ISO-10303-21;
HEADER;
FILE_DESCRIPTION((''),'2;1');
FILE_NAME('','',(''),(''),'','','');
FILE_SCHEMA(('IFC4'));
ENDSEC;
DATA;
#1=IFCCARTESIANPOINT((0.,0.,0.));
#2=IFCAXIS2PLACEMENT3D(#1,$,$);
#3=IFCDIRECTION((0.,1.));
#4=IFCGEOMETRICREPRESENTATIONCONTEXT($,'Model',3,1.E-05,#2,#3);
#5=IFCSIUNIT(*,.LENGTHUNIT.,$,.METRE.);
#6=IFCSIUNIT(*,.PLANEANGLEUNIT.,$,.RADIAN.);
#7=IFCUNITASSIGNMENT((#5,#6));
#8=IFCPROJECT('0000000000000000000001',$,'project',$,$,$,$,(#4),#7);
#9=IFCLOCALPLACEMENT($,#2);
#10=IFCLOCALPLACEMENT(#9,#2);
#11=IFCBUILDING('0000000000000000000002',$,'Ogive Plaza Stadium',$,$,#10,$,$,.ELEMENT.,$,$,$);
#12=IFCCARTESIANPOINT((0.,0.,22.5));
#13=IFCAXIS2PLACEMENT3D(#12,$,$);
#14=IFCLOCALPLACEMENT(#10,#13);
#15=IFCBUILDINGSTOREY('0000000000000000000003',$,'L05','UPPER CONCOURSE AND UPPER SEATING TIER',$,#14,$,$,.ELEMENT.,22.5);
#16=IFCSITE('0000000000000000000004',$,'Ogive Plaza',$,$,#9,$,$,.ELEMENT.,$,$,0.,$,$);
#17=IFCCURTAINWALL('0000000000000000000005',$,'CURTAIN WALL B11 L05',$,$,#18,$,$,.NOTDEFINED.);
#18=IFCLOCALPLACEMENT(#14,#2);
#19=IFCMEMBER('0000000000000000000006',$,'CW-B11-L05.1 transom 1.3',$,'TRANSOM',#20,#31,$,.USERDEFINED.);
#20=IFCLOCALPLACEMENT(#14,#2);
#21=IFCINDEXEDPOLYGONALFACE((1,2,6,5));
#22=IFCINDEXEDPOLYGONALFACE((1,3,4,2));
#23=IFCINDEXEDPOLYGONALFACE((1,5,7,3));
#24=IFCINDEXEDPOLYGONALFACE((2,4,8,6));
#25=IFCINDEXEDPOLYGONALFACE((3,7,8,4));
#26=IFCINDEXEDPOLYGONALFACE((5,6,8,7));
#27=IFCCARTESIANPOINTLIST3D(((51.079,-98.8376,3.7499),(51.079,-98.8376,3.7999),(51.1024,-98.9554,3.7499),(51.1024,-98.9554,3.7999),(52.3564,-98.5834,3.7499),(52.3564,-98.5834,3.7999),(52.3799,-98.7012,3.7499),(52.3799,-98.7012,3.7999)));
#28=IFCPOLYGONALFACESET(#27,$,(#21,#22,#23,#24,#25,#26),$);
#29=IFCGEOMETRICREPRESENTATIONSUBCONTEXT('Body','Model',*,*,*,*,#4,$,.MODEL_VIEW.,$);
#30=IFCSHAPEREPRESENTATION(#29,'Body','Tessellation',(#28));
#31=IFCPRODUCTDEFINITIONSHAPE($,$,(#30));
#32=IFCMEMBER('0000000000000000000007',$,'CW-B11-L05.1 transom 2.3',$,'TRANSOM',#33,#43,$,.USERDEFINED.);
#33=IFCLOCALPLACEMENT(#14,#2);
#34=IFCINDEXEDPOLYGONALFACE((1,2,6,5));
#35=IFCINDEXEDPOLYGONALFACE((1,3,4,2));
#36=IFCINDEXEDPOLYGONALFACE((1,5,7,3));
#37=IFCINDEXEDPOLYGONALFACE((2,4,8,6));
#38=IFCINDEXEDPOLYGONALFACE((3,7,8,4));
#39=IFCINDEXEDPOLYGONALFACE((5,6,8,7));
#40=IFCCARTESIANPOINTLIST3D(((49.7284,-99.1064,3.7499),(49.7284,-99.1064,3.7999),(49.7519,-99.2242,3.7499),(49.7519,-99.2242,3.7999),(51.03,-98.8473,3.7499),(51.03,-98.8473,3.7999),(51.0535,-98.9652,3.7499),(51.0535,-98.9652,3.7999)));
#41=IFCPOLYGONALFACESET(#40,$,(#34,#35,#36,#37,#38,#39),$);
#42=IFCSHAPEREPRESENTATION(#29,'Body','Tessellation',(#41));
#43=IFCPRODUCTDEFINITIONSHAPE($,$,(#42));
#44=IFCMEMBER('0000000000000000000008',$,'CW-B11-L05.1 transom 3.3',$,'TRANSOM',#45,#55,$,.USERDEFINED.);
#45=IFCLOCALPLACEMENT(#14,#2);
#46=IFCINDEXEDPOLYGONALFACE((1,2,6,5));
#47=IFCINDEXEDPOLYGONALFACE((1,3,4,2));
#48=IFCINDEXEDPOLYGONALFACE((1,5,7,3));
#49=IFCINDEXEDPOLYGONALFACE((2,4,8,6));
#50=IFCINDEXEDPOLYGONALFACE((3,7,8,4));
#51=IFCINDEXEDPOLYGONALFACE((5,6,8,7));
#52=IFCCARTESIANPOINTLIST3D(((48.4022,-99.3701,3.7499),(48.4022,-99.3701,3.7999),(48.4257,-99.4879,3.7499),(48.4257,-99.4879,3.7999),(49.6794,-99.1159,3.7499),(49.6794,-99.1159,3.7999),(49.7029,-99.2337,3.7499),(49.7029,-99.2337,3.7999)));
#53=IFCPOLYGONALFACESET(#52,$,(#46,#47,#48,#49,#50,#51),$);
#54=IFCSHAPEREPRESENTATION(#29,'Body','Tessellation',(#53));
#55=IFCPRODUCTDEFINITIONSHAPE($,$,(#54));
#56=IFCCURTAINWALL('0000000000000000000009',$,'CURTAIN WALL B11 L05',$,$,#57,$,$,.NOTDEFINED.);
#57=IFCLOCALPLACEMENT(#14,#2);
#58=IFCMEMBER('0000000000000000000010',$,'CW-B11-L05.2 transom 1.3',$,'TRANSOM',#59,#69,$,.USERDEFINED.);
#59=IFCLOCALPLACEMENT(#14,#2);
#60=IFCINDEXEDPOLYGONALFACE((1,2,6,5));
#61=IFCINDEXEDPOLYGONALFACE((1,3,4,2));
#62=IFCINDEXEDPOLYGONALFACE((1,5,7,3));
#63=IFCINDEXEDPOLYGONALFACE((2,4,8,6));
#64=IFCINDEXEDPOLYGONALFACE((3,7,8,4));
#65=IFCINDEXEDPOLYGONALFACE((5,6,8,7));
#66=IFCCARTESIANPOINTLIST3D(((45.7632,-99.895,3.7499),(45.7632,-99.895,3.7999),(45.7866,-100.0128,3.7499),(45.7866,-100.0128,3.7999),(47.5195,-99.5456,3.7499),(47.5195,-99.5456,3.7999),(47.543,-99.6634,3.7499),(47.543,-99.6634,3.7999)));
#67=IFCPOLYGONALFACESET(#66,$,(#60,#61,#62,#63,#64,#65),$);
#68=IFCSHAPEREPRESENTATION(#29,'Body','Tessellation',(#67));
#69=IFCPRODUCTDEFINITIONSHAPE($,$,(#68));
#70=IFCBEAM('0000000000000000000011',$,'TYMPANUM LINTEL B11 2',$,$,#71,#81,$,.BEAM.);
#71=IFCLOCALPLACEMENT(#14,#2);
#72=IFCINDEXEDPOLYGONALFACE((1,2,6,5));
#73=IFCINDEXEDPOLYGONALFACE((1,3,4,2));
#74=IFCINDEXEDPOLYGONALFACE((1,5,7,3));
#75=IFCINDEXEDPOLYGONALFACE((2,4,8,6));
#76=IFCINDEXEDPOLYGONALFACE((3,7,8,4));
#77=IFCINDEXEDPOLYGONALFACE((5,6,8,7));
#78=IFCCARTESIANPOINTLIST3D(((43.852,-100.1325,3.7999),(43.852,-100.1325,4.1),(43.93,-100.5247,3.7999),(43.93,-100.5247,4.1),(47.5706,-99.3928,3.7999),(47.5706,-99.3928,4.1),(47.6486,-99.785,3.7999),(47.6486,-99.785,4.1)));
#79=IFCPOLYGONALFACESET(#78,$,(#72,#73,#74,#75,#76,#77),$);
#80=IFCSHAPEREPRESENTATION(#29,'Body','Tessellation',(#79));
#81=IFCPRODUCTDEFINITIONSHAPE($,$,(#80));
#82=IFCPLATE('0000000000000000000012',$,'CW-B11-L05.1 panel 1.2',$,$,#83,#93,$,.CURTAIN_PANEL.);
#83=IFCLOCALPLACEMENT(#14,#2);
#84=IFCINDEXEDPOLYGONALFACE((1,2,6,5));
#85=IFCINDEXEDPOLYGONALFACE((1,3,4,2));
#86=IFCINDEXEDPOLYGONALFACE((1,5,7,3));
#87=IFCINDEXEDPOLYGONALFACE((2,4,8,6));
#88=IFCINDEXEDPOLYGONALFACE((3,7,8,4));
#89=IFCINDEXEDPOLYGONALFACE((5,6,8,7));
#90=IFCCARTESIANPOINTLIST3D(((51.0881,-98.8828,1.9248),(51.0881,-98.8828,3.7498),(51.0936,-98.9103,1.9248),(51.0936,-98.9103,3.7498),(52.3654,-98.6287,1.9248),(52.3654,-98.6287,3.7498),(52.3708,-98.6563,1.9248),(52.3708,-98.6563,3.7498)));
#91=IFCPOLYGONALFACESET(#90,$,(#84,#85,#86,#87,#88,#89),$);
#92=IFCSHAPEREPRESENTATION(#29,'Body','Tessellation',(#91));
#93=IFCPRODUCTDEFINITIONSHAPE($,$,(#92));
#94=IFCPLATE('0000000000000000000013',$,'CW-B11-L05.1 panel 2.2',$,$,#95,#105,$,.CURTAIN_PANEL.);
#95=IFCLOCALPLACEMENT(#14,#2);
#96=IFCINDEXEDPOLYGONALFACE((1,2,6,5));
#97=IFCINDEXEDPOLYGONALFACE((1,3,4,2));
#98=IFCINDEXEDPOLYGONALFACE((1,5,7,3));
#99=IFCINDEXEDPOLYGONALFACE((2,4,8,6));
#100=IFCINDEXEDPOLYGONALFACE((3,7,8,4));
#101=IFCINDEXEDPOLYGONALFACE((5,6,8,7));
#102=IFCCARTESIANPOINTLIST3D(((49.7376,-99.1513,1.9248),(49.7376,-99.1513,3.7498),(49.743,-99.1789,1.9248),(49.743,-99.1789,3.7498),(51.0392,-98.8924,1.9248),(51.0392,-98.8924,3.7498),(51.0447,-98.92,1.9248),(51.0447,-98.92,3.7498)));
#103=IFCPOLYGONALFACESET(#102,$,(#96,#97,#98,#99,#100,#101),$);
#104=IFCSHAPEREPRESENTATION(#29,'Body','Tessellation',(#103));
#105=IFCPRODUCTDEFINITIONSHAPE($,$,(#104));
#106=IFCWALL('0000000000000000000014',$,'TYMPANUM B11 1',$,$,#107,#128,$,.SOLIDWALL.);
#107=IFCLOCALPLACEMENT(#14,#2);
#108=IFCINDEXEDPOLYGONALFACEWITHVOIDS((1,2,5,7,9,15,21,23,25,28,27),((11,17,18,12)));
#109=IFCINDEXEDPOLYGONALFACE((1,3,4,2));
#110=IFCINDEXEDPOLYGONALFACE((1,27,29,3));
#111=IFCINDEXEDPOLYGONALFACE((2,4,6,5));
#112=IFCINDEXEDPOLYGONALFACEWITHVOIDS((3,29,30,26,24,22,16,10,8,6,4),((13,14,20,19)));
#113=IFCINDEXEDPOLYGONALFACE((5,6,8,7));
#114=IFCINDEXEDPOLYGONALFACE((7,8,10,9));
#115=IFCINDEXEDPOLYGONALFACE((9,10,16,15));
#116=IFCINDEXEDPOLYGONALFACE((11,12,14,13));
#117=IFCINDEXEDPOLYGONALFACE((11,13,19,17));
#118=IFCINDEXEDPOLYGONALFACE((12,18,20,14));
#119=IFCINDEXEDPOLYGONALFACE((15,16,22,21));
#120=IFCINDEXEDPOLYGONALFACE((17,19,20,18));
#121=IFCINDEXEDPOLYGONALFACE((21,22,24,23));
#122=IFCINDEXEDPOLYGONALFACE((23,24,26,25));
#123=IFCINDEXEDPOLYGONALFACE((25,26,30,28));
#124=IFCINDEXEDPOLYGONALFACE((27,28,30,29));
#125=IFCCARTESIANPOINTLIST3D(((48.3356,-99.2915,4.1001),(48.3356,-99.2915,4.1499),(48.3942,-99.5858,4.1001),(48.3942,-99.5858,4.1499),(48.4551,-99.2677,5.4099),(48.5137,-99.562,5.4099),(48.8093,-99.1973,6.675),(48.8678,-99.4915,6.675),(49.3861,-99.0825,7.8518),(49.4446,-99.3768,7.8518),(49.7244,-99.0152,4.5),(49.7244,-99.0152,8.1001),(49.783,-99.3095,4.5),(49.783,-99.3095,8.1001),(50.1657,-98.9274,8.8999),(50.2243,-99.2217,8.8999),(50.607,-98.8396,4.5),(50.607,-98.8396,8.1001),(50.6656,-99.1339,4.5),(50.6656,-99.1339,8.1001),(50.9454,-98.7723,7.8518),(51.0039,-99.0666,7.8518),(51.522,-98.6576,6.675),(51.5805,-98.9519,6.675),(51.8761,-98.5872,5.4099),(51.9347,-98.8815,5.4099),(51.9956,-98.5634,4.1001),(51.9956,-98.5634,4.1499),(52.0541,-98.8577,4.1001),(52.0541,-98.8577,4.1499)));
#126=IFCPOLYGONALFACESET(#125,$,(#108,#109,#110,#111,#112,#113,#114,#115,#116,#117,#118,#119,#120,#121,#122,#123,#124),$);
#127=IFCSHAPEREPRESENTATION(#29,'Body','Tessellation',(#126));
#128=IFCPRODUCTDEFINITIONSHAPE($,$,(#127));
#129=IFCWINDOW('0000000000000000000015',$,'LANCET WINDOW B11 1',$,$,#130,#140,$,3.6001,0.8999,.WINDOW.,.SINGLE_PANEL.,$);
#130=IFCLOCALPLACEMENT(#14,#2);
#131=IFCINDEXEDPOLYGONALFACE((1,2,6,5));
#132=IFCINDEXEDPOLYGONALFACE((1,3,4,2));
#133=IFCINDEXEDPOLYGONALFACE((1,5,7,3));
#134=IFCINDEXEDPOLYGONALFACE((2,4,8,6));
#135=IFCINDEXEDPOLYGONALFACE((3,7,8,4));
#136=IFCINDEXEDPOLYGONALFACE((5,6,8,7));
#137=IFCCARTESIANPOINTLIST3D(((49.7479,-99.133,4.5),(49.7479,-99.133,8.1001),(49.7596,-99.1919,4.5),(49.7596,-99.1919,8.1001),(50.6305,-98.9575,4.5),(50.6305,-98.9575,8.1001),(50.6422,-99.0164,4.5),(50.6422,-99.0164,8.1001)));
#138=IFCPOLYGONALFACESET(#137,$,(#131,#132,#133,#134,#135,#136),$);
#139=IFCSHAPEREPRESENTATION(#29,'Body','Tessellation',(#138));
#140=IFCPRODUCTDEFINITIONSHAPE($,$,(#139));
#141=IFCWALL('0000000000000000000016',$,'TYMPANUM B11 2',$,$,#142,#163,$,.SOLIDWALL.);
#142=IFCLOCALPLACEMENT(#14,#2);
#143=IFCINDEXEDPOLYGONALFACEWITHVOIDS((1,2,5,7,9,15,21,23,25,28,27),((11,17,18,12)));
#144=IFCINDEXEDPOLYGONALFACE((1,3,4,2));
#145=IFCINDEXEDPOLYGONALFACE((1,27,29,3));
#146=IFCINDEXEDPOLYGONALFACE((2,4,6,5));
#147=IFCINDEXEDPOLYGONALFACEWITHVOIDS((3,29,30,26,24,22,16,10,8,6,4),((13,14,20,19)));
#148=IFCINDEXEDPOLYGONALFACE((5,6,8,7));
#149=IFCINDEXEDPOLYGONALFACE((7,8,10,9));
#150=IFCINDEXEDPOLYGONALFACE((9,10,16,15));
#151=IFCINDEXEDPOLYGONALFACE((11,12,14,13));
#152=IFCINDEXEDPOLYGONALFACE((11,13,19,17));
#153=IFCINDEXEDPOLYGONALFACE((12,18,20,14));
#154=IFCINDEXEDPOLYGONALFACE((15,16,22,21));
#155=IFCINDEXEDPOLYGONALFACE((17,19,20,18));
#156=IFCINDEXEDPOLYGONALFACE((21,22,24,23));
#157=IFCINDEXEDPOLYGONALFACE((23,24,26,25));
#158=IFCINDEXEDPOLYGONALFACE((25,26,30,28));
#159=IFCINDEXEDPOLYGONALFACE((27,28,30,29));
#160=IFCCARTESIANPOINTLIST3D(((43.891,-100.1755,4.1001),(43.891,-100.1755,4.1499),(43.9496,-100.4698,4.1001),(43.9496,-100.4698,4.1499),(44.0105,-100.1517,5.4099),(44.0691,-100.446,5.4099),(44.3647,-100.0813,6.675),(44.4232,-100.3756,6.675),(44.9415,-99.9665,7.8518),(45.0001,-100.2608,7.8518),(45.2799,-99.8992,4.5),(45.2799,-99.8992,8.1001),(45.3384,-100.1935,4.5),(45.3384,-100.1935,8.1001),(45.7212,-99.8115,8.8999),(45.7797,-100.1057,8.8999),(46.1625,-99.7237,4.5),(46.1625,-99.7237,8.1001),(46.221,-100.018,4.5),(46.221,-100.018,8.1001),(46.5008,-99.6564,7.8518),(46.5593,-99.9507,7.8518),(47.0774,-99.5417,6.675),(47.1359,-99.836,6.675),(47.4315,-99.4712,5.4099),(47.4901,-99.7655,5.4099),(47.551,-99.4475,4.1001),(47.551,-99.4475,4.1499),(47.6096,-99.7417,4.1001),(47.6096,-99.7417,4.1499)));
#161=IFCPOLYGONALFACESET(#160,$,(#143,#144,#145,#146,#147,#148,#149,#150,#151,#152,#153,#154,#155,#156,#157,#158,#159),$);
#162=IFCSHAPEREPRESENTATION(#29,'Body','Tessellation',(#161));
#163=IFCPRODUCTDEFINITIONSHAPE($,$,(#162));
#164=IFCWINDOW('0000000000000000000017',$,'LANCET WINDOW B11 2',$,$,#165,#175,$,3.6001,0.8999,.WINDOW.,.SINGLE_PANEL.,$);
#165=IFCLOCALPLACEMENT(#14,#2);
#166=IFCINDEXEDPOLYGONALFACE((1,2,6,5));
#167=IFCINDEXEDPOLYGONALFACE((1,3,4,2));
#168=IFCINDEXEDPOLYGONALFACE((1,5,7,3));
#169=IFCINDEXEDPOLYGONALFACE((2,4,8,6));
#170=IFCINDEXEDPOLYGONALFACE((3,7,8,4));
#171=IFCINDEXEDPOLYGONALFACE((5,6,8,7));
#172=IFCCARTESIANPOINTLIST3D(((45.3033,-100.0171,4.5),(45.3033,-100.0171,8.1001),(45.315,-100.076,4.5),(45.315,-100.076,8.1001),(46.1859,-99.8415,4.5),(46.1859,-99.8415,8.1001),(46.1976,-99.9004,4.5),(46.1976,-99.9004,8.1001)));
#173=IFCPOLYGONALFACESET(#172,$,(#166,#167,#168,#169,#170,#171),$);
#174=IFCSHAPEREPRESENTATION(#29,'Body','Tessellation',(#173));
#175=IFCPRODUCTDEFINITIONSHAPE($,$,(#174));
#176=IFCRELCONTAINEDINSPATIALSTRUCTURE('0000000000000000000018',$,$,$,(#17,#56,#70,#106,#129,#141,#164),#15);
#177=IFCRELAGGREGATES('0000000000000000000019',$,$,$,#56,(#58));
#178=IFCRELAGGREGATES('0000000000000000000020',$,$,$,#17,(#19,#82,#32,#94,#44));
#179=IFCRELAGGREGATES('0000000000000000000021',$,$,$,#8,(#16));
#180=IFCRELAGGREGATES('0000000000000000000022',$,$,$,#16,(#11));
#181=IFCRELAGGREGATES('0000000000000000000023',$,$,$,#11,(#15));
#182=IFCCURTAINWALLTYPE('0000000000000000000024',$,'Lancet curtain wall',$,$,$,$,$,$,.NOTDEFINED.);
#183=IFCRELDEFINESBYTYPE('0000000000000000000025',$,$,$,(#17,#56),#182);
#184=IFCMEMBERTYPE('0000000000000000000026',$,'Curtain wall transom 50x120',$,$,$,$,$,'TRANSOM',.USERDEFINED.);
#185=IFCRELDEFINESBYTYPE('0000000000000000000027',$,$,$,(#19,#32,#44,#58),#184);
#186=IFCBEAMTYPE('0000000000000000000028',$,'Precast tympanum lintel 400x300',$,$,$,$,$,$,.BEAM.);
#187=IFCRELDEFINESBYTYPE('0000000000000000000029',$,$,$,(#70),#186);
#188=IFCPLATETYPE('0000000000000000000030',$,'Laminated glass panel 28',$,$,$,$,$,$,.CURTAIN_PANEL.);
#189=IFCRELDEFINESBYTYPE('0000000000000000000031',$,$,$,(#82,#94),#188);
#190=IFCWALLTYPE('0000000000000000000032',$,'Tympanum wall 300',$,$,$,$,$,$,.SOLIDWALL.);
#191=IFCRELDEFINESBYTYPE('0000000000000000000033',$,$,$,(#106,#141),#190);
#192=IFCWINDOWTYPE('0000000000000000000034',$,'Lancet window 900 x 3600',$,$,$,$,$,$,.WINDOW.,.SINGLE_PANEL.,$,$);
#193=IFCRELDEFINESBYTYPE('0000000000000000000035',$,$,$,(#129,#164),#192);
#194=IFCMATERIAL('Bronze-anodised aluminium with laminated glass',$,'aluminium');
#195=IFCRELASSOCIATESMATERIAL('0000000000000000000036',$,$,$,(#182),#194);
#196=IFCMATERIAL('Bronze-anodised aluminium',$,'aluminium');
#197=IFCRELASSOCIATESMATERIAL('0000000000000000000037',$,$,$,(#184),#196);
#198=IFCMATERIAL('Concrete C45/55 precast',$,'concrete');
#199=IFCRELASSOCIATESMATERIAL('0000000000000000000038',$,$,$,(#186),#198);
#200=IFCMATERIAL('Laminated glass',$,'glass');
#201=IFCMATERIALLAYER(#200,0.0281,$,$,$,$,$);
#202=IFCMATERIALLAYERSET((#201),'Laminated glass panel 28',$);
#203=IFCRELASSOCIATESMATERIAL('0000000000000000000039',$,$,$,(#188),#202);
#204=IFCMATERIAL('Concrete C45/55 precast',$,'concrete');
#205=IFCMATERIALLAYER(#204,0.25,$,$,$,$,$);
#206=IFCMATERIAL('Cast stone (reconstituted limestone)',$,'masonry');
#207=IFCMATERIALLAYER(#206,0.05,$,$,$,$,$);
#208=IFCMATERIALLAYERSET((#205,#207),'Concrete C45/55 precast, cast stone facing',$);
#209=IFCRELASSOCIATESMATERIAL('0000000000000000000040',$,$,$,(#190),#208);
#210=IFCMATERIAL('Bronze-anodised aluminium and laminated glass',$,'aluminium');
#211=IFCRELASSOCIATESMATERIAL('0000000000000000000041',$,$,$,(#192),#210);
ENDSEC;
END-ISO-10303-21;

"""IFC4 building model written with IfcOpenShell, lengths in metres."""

from ifc_helpers import new_model, si_unit, direction, frame, frame_2d, origin, origin_2d, place, context, subcontext, project, spatial, polyline, rectangle, outline, extrude, material, layer, layer_set, material_profile, profile_set, type_object, element, fill, aggregate, save


model = new_model("IFC4")

# Units and contexts
model_context = context("Model", 3, precision=1e-05, world=origin(), true_north=direction((0.0, 1.0)))
body_context = subcontext(model_context, "Body", "Model", "MODEL_VIEW")
ifc_project = project(units=[si_unit("LENGTHUNIT", "METRE"), si_unit("PLANEANGLEUNIT", "RADIAN")], contexts=[model_context])

# Site, building, storey
site_placement = place(None, origin())
site = spatial("IfcSite", under=ifc_project, at=site_placement, Name="Ogive Plaza", CompositionType="ELEMENT", RefElevation=0.0)
building_placement = place(site_placement, origin())
building = spatial("IfcBuilding", under=site, at=building_placement, Name="Ogive Plaza Stadium", CompositionType="ELEMENT")
storey_placement = place(building_placement, frame((0.0, 0.0, 22.5)))
storey = spatial("IfcBuildingStorey", under=building, at=storey_placement, Name="L05", Description="UPPER CONCOURSE AND UPPER SEATING TIER", CompositionType="ELEMENT", Elevation=22.5)

# Curtain wall, members
ifc_material_1 = material(Name="Bronze-anodised aluminium with laminated glass", Category="aluminium")
curtain_wall_type = type_object("IfcCurtainWallType", Name="Lancet curtain wall", PredefinedType="NOTDEFINED", material=ifc_material_1)
curtain_wall_1_placement = place(storey_placement, origin())
curtain_wall_1 = element("IfcCurtainWall", 1, at=curtain_wall_1_placement, inside=storey, type_object=curtain_wall_type, Name="CURTAIN WALL B11 L05", PredefinedType="NOTDEFINED")
ifc_material_2 = material(Name="Bronze-anodised aluminium", Category="aluminium")
ifc_material_profile_1 = material_profile(ifc_material_2, rectangle(XDim=0.1201, YDim=0.05, at=origin_2d()), Name="AL 120x50")
ifc_profile_set_1 = profile_set([ifc_material_profile_1], Name="Bronze-anodised aluminium")
member_type = type_object("IfcMemberType", Name="Curtain wall transom 50x120", ElementType="TRANSOM", PredefinedType="USERDEFINED", material=ifc_profile_set_1)
member_1_placement = place(storey_placement, frame((52.3682, -98.6423, 3.7749), z_axis=(-0.980775, -0.195143, 0.0), x_axis=(0.195143, -0.980775, 0.0)))
member_1 = element("IfcMember", 2, at=member_1_placement, type_object=member_type, Name="CW-B11-L05.1 transom 1.3", ObjectType="TRANSOM", PredefinedType="USERDEFINED", context=body_context, shape_type="SweptSolid", body=[
    extrude(rectangle(XDim=0.1201, YDim=0.05, at=origin_2d()), origin(), (0.0, 0.0, 1.0), 1.3025),
])
member_2_placement = place(storey_placement, frame((51.0417, -98.9062, 3.7749), z_axis=(-0.980764, -0.195196, 0.0), x_axis=(0.195196, -0.980764, 0.0)))
member_2 = element("IfcMember", 3, at=member_2_placement, type_object=member_type, Name="CW-B11-L05.1 transom 2.3", ObjectType="TRANSOM", PredefinedType="USERDEFINED", context=body_context, shape_type="SweptSolid", body=[
    extrude(rectangle(XDim=0.1201, YDim=0.05, at=origin_2d()), origin(), (0.0, 0.0, 1.0), 1.3271),
])
member_3_placement = place(storey_placement, frame((49.6912, -99.1748, 3.7749), z_axis=(-0.980768, -0.195179, 0.0), x_axis=(0.195179, -0.980768, 0.0)))
member_3 = element("IfcMember", 4, at=member_3_placement, type_object=member_type, Name="CW-B11-L05.1 transom 3.3", ObjectType="TRANSOM", PredefinedType="USERDEFINED", context=body_context, shape_type="SweptSolid", body=[
    extrude(rectangle(XDim=0.1201, YDim=0.05, at=origin_2d()), origin(), (0.0, 0.0, 1.0), 1.3022),
])

# Curtain wall, member
curtain_wall_2_placement = place(storey_placement, origin())
curtain_wall_2 = element("IfcCurtainWall", 5, at=curtain_wall_2_placement, inside=storey, type_object=curtain_wall_type, Name="CURTAIN WALL B11 L05", PredefinedType="NOTDEFINED")
member_4_placement = place(storey_placement, frame((47.5312, -99.6045, 3.7749), z_axis=(-0.980785, -0.195094, 0.0), x_axis=(0.195094, -0.980785, 0.0)))
member_4 = element("IfcMember", 6, at=member_4_placement, type_object=member_type, Name="CW-B11-L05.2 transom 1.3", ObjectType="TRANSOM", PredefinedType="USERDEFINED", context=body_context, shape_type="SweptSolid", body=[
    extrude(rectangle(XDim=0.1201, YDim=0.05, at=origin_2d()), origin(), (0.0, 0.0, 1.0), 1.7908),
])
aggregate(curtain_wall_2, [member_4])

# Beam
ifc_material_3 = material(Name="Concrete C45/55 precast", Category="concrete")
ifc_material_profile_2 = material_profile(ifc_material_3, rectangle(XDim=0.3999, YDim=0.3, at=origin_2d()), Name="RC 400x300")
ifc_profile_set_2 = profile_set([ifc_material_profile_2], Name="Concrete C45/55 precast")
beam_type = type_object("IfcBeamType", Name="Precast tympanum lintel 400x300", PredefinedType="BEAM", material=ifc_profile_set_2)
beam_placement = place(storey_placement, frame((47.6096, -99.5889, 3.95), z_axis=(-0.980783, -0.195101, 0.0), x_axis=(0.195101, -0.980783, 0.0)))
element("IfcBeam", 7, at=beam_placement, inside=storey, type_object=beam_type, Name="TYMPANUM LINTEL B11 2", PredefinedType="BEAM", context=body_context, shape_type="SweptSolid", body=[
    extrude(rectangle(XDim=0.3999, YDim=0.3, at=origin_2d()), origin(), (0.0, 0.0, 1.0), 3.7915),
])

# Plates
ifc_material_4 = material(Name="Laminated glass", Category="glass")
ifc_layer_1 = layer(ifc_material_4, 0.0281)
ifc_layer_set_1 = layer_set([ifc_layer_1], Name="Laminated glass panel 28")
plate_type = type_object("IfcPlateType", Name="Laminated glass panel 28", PredefinedType="CURTAIN_PANEL", material=ifc_layer_set_1)
plate_1_placement = place(storey_placement, frame((51.7295, -98.7695, 1.9248), z_axis=(0.0, 0.0, 1.0), x_axis=(-0.980785, -0.19509, 0.0)))
plate_1 = element("IfcPlate", 8, at=plate_1_placement, type_object=plate_type, Name="CW-B11-L05.1 panel 1.2", PredefinedType="CURTAIN_PANEL", context=body_context, shape_type="SweptSolid", body=[
    extrude(rectangle(XDim=1.3022, YDim=0.0281, at=origin_2d()), origin(), (0.0, 0.0, 1.0), 1.825),
])
plate_2_placement = place(storey_placement, frame((50.3911, -99.0356, 1.9248), z_axis=(0.0, 0.0, 1.0), x_axis=(-0.980785, -0.19509, 0.0)))
plate_2 = element("IfcPlate", 9, at=plate_2_placement, type_object=plate_type, Name="CW-B11-L05.1 panel 2.2", PredefinedType="CURTAIN_PANEL", context=body_context, shape_type="SweptSolid", body=[
    extrude(rectangle(XDim=1.3271, YDim=0.0281, at=origin_2d()), origin(), (0.0, 0.0, 1.0), 1.825),
])
aggregate(curtain_wall_1, [member_1, plate_1, member_2, plate_2, member_3])

# Walls, openings, windows
ifc_material_5 = material(Name="Concrete C45/55 precast", Category="concrete")
ifc_layer_2 = layer(ifc_material_5, 0.25)
ifc_material_6 = material(Name="Cast stone (reconstituted limestone)", Category="masonry")
ifc_layer_3 = layer(ifc_material_6, 0.05)
ifc_layer_set_2 = layer_set([ifc_layer_2, ifc_layer_3], Name="Concrete C45/55 precast, cast stone facing")
wall_type = type_object("IfcWallType", Name="Tympanum wall 300", PredefinedType="SOLIDWALL", material=ifc_layer_set_2)
wall_1_placement = place(storey_placement, frame((52.0249, -98.7107, 4.1001), z_axis=(0.0, 0.0, 1.0), x_axis=(-0.980784, -0.195097, 0.0)))
wall_1 = element("IfcWall", 10, at=wall_1_placement, inside=storey, type_object=wall_type, Name="TYMPANUM B11 1", PredefinedType="SOLIDWALL", context=body_context, shape_type="SweptSolid", body=[
    extrude(outline(polyline([(0.0, 0.0), (3.7317, 0.0), (3.7317, 0.0498), (3.6099, 1.3098), (3.2488, 2.575), (2.6606, 3.7517), (1.8657, 4.7998), (1.0708, 3.7517), (0.4829, 2.575), (0.1218, 1.3098), (0.0, 0.0498), (0.0, 0.0)])), frame((0.0, 0.1499, 0.0), z_axis=(0.0, -1.0, 0.0), x_axis=(1.0, 0.0, 0.0)), (0.0, 0.0, 1.0), 0.3),
])
opening_1_placement = place(wall_1_placement, frame((1.4158, 0.0, 0.3999)))
opening_1 = element("IfcOpeningElement", 11, at=opening_1_placement, cuts=wall_1, PredefinedType="OPENING", context=body_context, shape_type="SweptSolid", body=[
    extrude(rectangle(XDim=0.8999, YDim=3.6001, at=frame_2d((0.45, 1.8))), frame((0.0, 0.1602, 0.0), z_axis=(0.0, -1.0, 0.0), x_axis=(1.0, 0.0, 0.0)), (0.0, 0.0, 1.0), 0.3201),
])
ifc_material_7 = material(Name="Bronze-anodised aluminium and laminated glass", Category="aluminium")
window_type = type_object("IfcWindowType", Name="Lancet window 900 x 3600", PartitioningType="SINGLE_PANEL", PredefinedType="WINDOW", material=ifc_material_7)
window_1_placement = place(opening_1_placement, origin())
window_1 = element("IfcWindow", 12, at=window_1_placement, inside=storey, type_object=window_type, Name="LANCET WINDOW B11 1", OverallHeight=3.6001, OverallWidth=0.8999, PartitioningType="SINGLE_PANEL", PredefinedType="WINDOW", context=body_context, shape_type="SweptSolid", body=[
    extrude(rectangle(XDim=0.8999, YDim=3.6001, at=frame_2d((0.45, 1.8))), frame((0.0, 0.03, 0.0), z_axis=(0.0, -1.0, 0.0), x_axis=(1.0, 0.0, 0.0)), (0.0, 0.0, 1.0), 0.0601),
])
fill(opening_1, window_1)
wall_2_placement = place(storey_placement, frame((47.5803, -99.5947, 4.1001), z_axis=(0.0, 0.0, 1.0), x_axis=(-0.980784, -0.195097, 0.0)))
wall_2 = element("IfcWall", 13, at=wall_2_placement, inside=storey, type_object=wall_type, Name="TYMPANUM B11 2", PredefinedType="SOLIDWALL", context=body_context, shape_type="SweptSolid", body=[
    extrude(outline(polyline([(0.0, 0.0), (3.7317, 0.0), (3.7317, 0.0498), (3.6099, 1.3098), (3.2488, 2.575), (2.6606, 3.7517), (1.8657, 4.7998), (1.0708, 3.7517), (0.4829, 2.575), (0.1218, 1.3098), (0.0, 0.0498), (0.0, 0.0)])), frame((0.0, 0.1499, 0.0), z_axis=(0.0, -1.0, 0.0), x_axis=(1.0, 0.0, 0.0)), (0.0, 0.0, 1.0), 0.3),
])
opening_2_placement = place(wall_2_placement, frame((1.4158, 0.0, 0.3999)))
opening_2 = element("IfcOpeningElement", 14, at=opening_2_placement, cuts=wall_2, PredefinedType="OPENING", context=body_context, shape_type="SweptSolid", body=[
    extrude(rectangle(XDim=0.8999, YDim=3.6001, at=frame_2d((0.45, 1.8))), frame((0.0, 0.1602, 0.0), z_axis=(0.0, -1.0, 0.0), x_axis=(1.0, 0.0, 0.0)), (0.0, 0.0, 1.0), 0.3201),
])
window_2_placement = place(opening_2_placement, origin())
window_2 = element("IfcWindow", 15, at=window_2_placement, inside=storey, type_object=window_type, Name="LANCET WINDOW B11 2", OverallHeight=3.6001, OverallWidth=0.8999, PartitioningType="SINGLE_PANEL", PredefinedType="WINDOW", context=body_context, shape_type="SweptSolid", body=[
    extrude(rectangle(XDim=0.8999, YDim=3.6001, at=frame_2d((0.45, 1.8))), frame((0.0, 0.03, 0.0), z_axis=(0.0, -1.0, 0.0), x_axis=(1.0, 0.0, 0.0)), (0.0, 0.0, 1.0), 0.0601),
])
fill(opening_2, window_2)

save(model, "model.ifc")
